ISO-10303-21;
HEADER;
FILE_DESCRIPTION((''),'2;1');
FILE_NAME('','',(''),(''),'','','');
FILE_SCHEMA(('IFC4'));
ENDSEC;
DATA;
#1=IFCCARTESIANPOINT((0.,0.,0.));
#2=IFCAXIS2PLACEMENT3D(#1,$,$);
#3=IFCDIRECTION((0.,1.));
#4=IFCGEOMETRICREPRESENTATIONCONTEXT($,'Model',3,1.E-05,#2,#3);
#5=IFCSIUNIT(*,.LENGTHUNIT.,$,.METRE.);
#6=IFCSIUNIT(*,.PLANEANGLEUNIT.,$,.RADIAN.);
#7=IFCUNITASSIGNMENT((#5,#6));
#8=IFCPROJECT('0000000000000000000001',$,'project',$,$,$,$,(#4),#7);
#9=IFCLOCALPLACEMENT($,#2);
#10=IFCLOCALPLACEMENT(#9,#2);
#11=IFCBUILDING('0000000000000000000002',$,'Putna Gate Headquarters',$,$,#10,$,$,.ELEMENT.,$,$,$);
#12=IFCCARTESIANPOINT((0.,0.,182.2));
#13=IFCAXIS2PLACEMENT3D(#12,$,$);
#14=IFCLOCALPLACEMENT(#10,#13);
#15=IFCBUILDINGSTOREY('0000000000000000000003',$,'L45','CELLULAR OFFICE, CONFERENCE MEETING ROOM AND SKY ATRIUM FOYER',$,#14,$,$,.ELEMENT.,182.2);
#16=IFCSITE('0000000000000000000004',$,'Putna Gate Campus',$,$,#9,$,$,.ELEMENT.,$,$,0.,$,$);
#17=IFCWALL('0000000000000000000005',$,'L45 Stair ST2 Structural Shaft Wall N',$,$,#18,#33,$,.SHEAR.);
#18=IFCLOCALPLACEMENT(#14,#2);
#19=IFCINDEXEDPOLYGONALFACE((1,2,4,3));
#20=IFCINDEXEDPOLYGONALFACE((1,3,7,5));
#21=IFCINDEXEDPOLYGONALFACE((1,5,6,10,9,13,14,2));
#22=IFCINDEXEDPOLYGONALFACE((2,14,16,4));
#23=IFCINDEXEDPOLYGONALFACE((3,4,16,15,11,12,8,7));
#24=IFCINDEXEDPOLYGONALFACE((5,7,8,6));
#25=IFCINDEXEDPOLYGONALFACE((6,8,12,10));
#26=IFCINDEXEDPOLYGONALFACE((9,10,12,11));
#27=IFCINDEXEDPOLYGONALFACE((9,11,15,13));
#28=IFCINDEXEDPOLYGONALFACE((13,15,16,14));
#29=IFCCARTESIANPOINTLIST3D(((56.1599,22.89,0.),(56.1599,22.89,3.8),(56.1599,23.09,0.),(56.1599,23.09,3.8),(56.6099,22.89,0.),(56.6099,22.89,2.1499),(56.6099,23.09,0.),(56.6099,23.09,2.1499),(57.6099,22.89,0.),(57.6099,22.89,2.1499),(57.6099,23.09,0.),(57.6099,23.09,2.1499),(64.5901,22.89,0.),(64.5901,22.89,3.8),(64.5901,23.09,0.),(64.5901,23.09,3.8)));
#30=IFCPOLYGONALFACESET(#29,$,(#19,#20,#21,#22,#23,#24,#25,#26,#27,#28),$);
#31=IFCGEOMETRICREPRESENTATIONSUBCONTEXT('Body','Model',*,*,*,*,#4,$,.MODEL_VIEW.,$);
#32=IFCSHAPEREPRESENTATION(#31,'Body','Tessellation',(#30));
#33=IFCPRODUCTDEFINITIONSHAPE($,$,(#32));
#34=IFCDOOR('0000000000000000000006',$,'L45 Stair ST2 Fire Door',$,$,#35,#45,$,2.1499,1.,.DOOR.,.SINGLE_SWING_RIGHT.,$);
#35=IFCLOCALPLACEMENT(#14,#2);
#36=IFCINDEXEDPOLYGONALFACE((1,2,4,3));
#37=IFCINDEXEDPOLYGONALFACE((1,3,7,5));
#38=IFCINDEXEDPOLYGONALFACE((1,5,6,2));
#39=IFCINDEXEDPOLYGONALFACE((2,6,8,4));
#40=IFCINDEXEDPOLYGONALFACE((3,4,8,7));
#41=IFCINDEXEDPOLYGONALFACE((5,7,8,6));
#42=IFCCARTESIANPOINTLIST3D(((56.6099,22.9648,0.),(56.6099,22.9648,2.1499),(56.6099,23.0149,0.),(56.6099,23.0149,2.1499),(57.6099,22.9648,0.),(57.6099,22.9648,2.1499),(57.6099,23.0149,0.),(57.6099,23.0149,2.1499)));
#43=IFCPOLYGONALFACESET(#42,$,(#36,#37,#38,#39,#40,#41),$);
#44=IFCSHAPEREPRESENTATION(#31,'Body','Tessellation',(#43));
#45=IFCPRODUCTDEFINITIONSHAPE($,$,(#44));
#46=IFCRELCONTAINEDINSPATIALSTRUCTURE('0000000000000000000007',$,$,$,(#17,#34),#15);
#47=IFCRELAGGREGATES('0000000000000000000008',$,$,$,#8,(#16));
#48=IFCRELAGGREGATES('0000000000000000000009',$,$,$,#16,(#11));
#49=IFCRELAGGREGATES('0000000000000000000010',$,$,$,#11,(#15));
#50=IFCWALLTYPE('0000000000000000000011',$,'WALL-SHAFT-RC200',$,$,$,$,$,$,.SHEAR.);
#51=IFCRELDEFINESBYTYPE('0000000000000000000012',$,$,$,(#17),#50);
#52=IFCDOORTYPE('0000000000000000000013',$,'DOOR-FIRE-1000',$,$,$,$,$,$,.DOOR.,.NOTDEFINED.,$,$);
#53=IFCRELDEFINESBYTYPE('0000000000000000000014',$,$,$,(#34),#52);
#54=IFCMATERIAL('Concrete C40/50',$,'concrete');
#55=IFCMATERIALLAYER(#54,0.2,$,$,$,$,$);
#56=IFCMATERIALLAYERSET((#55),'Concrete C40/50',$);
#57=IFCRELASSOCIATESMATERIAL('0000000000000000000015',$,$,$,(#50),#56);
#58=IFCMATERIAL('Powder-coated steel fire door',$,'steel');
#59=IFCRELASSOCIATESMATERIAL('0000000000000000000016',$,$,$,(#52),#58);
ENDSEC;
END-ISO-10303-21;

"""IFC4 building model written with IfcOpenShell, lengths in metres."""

from ifc_helpers import new_model, si_unit, direction, frame, frame_2d, origin, place, context, subcontext, project, spatial, rectangle, extrude, material, layer, layer_set, type_object, element, fill, save


model = new_model("IFC4")

# Units and contexts
model_context = context("Model", 3, precision=1e-05, world=origin(), true_north=direction((0.0, 1.0)))
body_context = subcontext(model_context, "Body", "Model", "MODEL_VIEW")
ifc_project = project(units=[si_unit("LENGTHUNIT", "METRE"), si_unit("PLANEANGLEUNIT", "RADIAN")], contexts=[model_context])

# Site, building, storey
site_placement = place(None, origin())
site = spatial("IfcSite", under=ifc_project, at=site_placement, Name="Putna Gate Campus", CompositionType="ELEMENT", RefElevation=0.0)
building_placement = place(site_placement, origin())
building = spatial("IfcBuilding", under=site, at=building_placement, Name="Putna Gate Headquarters", CompositionType="ELEMENT")
storey_placement = place(building_placement, frame((0.0, 0.0, 182.2)))
storey = spatial("IfcBuildingStorey", under=building, at=storey_placement, Name="L45", Description="CELLULAR OFFICE, CONFERENCE MEETING ROOM AND SKY ATRIUM FOYER", CompositionType="ELEMENT", Elevation=182.2)

# Wall, opening, door
ifc_material_1 = material(Name="Concrete C40/50", Category="concrete")
ifc_layer_1 = layer(ifc_material_1, 0.2)
ifc_layer_set_1 = layer_set([ifc_layer_1], Name="Concrete C40/50")
wall_type_1 = type_object("IfcWallType", Name="WALL-SHAFT-RC200", PredefinedType="SHEAR", material=ifc_layer_set_1)
wall_1_placement = place(storey_placement, frame((56.1599, 22.99, 0.0), z_axis=(0.0, 0.0, 1.0), x_axis=(1.0, 0.0, 0.0)))
wall_1 = element("IfcWall", 1, at=wall_1_placement, inside=storey, type_object=wall_type_1, Name="L45 Stair ST2 Structural Shaft Wall N", PredefinedType="SHEAR", context=body_context, shape_type="SweptSolid", body=[
    extrude(rectangle(XDim=8.4302, YDim=0.2, at=frame_2d((4.2151, 0.0))), origin(), (0.0, 0.0, 1.0), 3.8),
])
opening_1_placement = place(wall_1_placement, frame((0.45, 0.0, 0.0)))
opening_1 = element("IfcOpeningElement", 2, at=opening_1_placement, cuts=wall_1, PredefinedType="OPENING", context=body_context, shape_type="SweptSolid", body=[
    extrude(rectangle(XDim=1.0, YDim=2.1499, at=frame_2d((0.5, 1.075))), frame((0.0, 0.1099, 0.0), z_axis=(0.0, -1.0, 0.0), x_axis=(1.0, 0.0, 0.0)), (0.0, 0.0, 1.0), 0.22),
])
ifc_material_2 = material(Name="Powder-coated steel fire door", Category="steel")
door_type_1 = type_object("IfcDoorType", Name="DOOR-FIRE-1000", OperationType="NOTDEFINED", PredefinedType="DOOR", material=ifc_material_2)
door_1_placement = place(opening_1_placement, origin())
door_1 = element("IfcDoor", 3, at=door_1_placement, inside=storey, type_object=door_type_1, Name="L45 Stair ST2 Fire Door", OperationType="SINGLE_SWING_RIGHT", OverallHeight=2.1499, OverallWidth=1.0, PredefinedType="DOOR", context=body_context, shape_type="SweptSolid", body=[
    extrude(rectangle(XDim=1.0, YDim=2.1499, at=frame_2d((0.5, 1.075))), frame((0.0, 0.0249, 0.0), z_axis=(0.0, -1.0, 0.0), x_axis=(1.0, 0.0, 0.0)), (0.0, 0.0, 1.0), 0.05),
])
fill(opening_1, door_1)

save(model, "model.ifc")
